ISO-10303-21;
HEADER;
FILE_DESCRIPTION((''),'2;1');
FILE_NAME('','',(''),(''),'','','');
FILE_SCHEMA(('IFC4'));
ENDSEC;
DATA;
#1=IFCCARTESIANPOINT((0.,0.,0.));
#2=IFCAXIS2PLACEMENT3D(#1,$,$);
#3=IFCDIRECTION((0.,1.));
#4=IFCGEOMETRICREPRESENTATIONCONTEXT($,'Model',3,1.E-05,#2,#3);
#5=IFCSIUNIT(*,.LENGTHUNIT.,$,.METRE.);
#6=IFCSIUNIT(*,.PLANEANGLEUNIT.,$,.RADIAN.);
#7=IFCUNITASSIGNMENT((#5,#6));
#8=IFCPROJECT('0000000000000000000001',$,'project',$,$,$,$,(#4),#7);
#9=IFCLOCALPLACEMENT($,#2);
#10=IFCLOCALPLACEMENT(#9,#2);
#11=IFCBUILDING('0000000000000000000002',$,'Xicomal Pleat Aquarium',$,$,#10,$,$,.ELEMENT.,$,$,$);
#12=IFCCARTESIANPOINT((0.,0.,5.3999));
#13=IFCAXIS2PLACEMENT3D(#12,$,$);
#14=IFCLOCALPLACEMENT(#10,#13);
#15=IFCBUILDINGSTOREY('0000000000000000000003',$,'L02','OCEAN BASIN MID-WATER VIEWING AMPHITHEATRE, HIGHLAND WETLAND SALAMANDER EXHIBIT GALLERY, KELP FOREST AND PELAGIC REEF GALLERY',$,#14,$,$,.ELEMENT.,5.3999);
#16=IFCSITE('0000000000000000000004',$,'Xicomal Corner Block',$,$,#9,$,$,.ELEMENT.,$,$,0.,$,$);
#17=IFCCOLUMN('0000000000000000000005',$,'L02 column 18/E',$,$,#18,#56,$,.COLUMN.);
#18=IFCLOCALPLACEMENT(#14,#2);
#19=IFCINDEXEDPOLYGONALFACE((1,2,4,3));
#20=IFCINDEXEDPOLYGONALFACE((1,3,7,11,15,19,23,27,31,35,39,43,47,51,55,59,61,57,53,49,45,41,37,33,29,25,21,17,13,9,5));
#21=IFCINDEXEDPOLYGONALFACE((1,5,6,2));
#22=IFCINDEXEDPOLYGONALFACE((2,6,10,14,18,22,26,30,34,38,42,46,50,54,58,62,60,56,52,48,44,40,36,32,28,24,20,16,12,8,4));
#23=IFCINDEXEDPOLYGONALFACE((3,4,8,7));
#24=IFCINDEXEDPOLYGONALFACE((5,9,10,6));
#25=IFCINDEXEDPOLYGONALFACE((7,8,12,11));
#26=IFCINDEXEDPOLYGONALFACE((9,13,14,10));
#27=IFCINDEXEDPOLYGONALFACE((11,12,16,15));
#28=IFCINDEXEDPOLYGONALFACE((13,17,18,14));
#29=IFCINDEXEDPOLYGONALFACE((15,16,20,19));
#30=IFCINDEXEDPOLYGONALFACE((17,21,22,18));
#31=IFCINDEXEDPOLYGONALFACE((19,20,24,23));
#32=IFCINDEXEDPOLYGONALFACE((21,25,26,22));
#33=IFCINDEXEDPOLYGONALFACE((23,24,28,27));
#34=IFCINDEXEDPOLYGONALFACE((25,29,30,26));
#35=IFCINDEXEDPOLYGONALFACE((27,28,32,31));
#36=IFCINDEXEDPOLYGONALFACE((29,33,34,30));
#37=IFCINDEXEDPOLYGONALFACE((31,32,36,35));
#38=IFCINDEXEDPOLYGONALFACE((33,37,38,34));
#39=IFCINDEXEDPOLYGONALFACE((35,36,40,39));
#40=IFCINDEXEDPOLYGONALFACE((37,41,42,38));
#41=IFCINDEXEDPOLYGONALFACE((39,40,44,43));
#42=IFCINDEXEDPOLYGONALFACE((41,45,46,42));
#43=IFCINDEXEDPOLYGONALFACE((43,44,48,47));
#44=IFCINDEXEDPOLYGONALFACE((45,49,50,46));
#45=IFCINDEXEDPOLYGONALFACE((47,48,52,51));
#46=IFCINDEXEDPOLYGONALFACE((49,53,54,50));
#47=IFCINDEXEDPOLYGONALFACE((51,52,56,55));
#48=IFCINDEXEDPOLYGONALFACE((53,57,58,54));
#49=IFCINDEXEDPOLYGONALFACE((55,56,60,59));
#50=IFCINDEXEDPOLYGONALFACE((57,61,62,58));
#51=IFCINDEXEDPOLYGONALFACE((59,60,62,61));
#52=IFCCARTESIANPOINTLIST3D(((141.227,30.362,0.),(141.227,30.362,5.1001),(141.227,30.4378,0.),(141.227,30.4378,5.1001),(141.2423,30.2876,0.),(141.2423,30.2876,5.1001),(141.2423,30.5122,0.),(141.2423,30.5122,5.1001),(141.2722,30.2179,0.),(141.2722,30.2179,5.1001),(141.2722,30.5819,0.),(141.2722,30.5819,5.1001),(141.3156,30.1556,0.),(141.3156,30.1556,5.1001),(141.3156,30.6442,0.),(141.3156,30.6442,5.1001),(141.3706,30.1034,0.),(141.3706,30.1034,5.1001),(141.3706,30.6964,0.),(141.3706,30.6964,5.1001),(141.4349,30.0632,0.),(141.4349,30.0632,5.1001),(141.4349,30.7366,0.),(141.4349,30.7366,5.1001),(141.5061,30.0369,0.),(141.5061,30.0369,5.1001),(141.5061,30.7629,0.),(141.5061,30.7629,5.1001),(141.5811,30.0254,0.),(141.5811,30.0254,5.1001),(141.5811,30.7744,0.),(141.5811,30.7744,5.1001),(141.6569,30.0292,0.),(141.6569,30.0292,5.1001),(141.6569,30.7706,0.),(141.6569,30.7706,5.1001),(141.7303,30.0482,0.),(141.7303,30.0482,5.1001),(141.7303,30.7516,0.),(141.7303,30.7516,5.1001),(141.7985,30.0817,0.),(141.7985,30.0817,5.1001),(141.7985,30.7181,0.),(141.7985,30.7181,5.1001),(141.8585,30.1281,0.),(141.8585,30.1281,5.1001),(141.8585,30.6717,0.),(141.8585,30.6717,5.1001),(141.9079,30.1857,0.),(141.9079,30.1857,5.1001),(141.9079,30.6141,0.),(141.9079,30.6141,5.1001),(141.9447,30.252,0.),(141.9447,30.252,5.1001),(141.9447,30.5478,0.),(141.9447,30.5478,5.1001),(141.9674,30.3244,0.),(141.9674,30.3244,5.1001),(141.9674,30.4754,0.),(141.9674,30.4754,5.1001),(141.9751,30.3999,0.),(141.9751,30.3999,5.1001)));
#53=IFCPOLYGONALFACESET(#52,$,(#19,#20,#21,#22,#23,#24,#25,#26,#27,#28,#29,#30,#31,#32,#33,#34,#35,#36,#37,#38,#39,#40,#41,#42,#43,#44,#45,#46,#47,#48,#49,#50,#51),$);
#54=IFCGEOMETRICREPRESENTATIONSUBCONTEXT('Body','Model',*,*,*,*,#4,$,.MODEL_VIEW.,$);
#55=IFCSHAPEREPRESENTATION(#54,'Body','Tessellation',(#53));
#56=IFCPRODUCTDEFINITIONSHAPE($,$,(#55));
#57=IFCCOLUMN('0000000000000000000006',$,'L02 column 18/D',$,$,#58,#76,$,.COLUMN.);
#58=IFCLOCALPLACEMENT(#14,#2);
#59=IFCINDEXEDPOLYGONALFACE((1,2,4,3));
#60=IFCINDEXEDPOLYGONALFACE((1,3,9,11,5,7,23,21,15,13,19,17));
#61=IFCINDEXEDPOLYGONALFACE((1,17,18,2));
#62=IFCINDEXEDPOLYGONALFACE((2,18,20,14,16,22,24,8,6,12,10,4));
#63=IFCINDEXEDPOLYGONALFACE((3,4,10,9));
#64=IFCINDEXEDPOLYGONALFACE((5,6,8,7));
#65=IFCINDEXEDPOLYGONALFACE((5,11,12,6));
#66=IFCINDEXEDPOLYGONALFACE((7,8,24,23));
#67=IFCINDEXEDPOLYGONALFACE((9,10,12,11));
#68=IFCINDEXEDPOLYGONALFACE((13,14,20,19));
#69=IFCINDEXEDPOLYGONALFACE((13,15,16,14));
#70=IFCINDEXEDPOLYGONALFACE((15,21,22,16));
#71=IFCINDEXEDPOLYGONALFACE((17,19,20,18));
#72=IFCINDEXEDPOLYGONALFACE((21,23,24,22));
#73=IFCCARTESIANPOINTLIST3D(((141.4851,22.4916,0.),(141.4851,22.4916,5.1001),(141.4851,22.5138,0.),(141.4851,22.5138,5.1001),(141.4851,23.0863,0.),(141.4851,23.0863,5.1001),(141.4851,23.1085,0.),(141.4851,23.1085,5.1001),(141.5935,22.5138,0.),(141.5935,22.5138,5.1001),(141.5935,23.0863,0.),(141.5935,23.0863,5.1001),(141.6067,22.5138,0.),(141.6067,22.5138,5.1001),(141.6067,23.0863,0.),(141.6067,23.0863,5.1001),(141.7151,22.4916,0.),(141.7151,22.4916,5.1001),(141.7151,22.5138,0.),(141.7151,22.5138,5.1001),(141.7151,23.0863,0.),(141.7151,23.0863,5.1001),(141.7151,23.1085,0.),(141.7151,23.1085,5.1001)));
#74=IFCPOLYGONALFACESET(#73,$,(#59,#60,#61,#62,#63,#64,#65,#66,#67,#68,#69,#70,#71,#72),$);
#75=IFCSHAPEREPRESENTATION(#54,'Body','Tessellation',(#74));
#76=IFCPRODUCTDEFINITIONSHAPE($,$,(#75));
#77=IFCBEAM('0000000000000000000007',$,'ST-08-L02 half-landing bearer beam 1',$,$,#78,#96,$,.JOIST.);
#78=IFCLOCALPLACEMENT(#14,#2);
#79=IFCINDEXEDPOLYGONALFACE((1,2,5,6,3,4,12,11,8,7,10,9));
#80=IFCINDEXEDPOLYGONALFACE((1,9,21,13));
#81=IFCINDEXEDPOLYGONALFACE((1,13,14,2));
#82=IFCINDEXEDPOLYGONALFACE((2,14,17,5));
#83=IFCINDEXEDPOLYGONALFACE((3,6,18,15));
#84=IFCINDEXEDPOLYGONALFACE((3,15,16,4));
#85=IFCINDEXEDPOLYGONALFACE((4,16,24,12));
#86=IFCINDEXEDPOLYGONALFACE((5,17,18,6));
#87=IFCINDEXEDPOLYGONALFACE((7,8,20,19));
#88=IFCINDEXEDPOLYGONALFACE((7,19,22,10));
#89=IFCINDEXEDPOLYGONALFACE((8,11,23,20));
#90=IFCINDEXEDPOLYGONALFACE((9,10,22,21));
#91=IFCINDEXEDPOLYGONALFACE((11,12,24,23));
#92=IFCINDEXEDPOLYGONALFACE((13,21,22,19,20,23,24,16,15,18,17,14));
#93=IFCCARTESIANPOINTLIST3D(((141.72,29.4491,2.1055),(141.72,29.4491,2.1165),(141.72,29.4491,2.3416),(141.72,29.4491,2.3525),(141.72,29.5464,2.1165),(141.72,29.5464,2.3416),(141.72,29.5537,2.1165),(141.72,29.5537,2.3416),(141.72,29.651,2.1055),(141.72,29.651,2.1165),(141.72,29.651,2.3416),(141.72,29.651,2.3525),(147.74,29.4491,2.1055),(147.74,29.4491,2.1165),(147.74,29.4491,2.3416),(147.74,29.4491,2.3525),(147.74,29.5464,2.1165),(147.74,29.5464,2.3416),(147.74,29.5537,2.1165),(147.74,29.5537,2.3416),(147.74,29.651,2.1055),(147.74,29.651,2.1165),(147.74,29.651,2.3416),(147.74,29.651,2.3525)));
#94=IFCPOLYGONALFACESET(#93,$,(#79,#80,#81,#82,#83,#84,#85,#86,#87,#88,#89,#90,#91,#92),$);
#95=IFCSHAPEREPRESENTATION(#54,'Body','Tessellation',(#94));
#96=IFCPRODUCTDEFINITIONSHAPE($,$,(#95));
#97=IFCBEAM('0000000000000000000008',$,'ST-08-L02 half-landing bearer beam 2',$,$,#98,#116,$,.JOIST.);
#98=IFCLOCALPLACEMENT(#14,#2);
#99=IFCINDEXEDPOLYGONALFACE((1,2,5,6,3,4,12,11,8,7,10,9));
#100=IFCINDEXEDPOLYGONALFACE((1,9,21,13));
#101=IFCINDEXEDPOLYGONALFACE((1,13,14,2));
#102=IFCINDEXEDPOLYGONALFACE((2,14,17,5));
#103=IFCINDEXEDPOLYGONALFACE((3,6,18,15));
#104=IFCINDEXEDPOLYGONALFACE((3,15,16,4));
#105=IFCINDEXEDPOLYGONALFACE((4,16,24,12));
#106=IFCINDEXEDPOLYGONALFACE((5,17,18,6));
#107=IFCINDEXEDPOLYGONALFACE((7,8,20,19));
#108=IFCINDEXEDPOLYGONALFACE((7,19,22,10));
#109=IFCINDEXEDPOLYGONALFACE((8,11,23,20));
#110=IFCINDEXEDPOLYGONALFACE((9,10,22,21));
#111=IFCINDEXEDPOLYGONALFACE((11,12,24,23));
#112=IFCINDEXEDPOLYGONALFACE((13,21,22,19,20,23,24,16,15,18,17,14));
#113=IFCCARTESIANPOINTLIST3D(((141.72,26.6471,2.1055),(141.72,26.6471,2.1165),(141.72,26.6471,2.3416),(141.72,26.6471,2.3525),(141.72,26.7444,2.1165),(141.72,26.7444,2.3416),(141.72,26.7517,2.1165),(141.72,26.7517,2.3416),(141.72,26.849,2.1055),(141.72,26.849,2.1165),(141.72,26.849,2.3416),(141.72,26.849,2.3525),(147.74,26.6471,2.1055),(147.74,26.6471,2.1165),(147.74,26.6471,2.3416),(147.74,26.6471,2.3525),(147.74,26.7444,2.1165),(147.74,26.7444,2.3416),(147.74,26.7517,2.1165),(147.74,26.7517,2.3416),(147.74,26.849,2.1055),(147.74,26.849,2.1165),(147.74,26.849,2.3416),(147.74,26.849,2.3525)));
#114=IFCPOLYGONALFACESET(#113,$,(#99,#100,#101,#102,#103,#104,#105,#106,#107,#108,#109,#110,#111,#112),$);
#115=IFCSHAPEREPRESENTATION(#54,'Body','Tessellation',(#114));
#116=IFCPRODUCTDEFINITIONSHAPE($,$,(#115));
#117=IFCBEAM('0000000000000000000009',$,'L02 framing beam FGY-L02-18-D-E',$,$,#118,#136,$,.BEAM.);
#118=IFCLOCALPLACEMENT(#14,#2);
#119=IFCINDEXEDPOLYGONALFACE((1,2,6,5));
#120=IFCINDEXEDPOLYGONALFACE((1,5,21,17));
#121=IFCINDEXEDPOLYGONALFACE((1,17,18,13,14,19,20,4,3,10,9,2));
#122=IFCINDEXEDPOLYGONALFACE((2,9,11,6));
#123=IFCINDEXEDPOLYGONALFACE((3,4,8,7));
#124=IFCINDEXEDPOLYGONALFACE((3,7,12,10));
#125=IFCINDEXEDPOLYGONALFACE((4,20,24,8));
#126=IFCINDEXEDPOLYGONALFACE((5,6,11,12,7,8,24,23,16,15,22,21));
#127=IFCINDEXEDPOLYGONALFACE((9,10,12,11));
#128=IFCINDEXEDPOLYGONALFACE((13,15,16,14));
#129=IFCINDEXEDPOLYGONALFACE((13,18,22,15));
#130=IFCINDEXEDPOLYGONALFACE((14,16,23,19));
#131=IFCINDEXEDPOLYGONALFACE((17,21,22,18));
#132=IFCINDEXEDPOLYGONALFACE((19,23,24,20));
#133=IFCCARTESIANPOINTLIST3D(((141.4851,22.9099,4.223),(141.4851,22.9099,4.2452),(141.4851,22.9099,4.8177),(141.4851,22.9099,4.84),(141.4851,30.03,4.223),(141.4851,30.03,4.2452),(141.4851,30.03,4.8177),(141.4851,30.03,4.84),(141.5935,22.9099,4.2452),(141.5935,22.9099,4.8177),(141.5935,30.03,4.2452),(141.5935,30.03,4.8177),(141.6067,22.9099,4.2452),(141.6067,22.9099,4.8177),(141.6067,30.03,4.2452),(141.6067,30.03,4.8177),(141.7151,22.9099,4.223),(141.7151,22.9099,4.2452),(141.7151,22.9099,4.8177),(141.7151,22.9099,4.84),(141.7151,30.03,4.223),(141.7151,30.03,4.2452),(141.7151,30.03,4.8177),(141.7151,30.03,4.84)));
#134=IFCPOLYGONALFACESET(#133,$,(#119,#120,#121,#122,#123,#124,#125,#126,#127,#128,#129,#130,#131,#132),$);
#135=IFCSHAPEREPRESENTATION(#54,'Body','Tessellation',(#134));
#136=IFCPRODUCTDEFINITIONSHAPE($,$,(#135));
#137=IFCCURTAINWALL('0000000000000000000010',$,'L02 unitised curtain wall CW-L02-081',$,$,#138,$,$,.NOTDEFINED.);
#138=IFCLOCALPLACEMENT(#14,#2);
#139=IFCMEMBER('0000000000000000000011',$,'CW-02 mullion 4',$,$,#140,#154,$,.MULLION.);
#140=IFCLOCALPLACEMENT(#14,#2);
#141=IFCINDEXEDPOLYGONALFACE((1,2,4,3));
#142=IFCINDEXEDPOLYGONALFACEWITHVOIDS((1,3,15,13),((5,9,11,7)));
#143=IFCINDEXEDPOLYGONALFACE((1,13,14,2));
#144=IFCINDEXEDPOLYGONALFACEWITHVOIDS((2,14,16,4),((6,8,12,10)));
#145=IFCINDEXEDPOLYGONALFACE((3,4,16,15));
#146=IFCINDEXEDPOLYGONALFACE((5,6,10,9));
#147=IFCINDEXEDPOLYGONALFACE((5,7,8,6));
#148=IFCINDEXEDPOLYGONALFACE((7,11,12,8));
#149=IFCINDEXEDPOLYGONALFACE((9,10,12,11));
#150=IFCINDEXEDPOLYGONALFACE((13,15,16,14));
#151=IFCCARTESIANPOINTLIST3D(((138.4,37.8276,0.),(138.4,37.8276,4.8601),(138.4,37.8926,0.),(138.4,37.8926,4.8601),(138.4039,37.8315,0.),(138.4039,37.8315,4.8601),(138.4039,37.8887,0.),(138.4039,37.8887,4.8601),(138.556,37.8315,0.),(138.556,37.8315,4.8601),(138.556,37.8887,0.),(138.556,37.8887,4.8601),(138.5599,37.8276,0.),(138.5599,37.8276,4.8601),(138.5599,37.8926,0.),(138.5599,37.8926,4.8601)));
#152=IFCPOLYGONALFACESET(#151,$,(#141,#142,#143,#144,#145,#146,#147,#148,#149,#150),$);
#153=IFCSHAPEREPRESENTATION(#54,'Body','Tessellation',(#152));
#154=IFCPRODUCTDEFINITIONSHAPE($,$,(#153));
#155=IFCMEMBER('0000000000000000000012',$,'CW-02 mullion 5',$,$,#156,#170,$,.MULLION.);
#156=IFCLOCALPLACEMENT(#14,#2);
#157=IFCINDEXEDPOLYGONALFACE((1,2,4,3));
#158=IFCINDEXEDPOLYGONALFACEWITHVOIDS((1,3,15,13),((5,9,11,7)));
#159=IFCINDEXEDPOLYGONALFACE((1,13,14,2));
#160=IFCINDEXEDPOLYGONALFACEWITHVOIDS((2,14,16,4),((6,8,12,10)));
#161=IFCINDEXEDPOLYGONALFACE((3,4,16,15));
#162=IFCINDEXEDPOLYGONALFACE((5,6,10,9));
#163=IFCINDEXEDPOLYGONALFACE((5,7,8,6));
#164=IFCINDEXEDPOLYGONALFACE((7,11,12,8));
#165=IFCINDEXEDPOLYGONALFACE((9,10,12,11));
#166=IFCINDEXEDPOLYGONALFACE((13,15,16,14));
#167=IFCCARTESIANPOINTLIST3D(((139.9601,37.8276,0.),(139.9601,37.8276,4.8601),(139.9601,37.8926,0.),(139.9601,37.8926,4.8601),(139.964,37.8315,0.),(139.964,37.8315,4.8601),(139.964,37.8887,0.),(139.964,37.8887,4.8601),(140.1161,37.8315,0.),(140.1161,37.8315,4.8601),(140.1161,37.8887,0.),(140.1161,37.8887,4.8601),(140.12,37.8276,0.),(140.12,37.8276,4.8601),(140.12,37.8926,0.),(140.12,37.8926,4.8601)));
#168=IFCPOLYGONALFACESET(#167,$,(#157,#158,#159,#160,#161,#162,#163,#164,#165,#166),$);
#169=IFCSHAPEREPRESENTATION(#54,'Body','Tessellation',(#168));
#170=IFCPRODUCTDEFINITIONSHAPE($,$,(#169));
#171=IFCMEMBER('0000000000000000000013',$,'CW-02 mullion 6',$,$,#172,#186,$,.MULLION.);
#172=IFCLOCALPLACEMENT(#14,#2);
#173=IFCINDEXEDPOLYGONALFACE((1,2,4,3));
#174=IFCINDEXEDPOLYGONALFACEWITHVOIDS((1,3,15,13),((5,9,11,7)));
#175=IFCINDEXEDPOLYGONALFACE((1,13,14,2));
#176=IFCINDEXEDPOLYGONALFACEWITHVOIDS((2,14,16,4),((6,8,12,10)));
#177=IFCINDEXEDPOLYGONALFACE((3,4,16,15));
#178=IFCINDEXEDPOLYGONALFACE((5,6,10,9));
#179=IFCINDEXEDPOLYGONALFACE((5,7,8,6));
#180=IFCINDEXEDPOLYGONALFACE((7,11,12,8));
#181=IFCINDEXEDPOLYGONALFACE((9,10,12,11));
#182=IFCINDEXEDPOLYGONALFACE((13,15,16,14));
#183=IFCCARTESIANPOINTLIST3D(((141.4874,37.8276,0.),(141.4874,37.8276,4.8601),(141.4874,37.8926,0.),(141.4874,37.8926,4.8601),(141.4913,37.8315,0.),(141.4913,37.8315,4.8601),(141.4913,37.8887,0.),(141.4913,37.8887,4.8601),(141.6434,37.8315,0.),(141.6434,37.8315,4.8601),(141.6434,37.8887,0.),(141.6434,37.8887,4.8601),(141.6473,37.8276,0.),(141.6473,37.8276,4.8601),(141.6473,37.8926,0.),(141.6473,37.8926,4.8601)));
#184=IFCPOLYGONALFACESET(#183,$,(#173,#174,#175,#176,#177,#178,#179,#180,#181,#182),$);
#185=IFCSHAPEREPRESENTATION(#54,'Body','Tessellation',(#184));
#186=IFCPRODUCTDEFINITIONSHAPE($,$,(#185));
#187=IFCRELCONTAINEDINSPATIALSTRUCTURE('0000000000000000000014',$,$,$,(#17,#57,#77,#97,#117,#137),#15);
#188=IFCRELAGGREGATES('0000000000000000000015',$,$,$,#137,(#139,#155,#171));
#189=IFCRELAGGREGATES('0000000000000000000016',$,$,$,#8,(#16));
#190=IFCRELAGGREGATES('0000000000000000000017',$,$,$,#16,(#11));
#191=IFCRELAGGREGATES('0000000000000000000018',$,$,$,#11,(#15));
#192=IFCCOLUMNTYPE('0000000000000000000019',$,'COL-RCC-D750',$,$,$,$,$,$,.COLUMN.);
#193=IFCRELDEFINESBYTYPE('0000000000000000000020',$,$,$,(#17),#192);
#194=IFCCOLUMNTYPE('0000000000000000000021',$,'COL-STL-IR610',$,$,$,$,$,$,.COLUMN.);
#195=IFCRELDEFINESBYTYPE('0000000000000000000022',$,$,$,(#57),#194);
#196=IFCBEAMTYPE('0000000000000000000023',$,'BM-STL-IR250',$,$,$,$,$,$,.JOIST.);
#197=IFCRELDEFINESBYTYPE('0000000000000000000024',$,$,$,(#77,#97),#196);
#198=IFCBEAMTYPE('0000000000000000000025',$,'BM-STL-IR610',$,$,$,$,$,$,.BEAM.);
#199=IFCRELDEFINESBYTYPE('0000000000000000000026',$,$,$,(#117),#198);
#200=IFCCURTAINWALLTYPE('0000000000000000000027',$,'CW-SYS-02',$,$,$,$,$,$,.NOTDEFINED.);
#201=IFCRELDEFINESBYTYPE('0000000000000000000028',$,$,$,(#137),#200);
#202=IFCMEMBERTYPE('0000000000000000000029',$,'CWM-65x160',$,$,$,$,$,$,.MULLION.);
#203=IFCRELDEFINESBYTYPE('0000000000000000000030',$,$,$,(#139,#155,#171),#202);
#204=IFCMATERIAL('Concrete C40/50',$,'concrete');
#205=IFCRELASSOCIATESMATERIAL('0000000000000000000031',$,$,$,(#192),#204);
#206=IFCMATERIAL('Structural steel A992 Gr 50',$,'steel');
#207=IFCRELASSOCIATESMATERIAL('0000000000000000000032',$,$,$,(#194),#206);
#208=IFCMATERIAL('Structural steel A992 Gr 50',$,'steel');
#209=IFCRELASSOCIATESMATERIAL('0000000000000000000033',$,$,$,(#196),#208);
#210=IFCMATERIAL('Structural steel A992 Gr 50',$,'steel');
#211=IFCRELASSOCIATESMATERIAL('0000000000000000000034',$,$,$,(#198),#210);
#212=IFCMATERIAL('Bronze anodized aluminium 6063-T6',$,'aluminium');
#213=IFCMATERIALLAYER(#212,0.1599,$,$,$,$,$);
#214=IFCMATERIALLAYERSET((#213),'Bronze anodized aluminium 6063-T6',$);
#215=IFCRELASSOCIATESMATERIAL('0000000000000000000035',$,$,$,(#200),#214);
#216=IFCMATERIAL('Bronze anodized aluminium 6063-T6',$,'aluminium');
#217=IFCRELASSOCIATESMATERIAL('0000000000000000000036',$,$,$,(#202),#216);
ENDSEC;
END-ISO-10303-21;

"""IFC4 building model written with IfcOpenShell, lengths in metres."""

from ifc_helpers import new_model, si_unit, direction, frame, origin, origin_2d, place, context, subcontext, project, spatial, hollow_rectangle, circle, i_section, extrude, material, layer, layer_set, material_profile, profile_set, type_object, element, aggregate, save


model = new_model("IFC4")

# Units and contexts
model_context = context("Model", 3, precision=1e-05, world=origin(), true_north=direction((0.0, 1.0)))
body_context = subcontext(model_context, "Body", "Model", "MODEL_VIEW")
ifc_project = project(units=[si_unit("LENGTHUNIT", "METRE"), si_unit("PLANEANGLEUNIT", "RADIAN")], contexts=[model_context])

# Site, building, storey
site_placement = place(None, origin())
site = spatial("IfcSite", under=ifc_project, at=site_placement, Name="Xicomal Corner Block", CompositionType="ELEMENT", RefElevation=0.0)
building_placement = place(site_placement, origin())
building = spatial("IfcBuilding", under=site, at=building_placement, Name="Xicomal Pleat Aquarium", CompositionType="ELEMENT")
storey_placement = place(building_placement, frame((0.0, 0.0, 5.3999)))
storey = spatial("IfcBuildingStorey", under=building, at=storey_placement, Name="L02", Description="OCEAN BASIN MID-WATER VIEWING AMPHITHEATRE, HIGHLAND WETLAND SALAMANDER EXHIBIT GALLERY, KELP FOREST AND PELAGIC REEF GALLERY", CompositionType="ELEMENT", Elevation=5.3999)

# Columns
ifc_material_1 = material(Name="Concrete C40/50", Category="concrete")
ifc_material_profile_1 = material_profile(ifc_material_1, circle(Radius=0.375, at=origin_2d()), Name="RCC D750")
ifc_profile_set_1 = profile_set([ifc_material_profile_1], Name="Concrete C40/50")
column_type_1 = type_object("IfcColumnType", Name="COL-RCC-D750", PredefinedType="COLUMN", material=ifc_profile_set_1)
column_1_placement = place(storey_placement, frame((141.6001, 30.3999, 0.0), z_axis=(0.0, 0.0, 1.0), x_axis=(1.0, 0.0, 0.0)))
element("IfcColumn", 1, at=column_1_placement, inside=storey, type_object=column_type_1, Name="L02 column 18/E", PredefinedType="COLUMN", context=body_context, shape_type="SweptSolid", body=[
    extrude(circle(Radius=0.375, at=origin_2d()), origin(), (0.0, 0.0, 1.0), 5.1001),
])
ifc_material_2 = material(Name="Structural steel A992 Gr 50", Category="steel")
ifc_material_profile_2 = material_profile(ifc_material_2, i_section(OverallWidth=0.23, OverallDepth=0.6169, WebThickness=0.0132, FlangeThickness=0.0222, at=origin_2d()), Name="IR 610x140")
ifc_profile_set_2 = profile_set([ifc_material_profile_2], Name="Structural steel A992 Gr 50")
column_type_2 = type_object("IfcColumnType", Name="COL-STL-IR610", PredefinedType="COLUMN", material=ifc_profile_set_2)
column_2_placement = place(storey_placement, frame((141.6001, 22.8, 0.0), z_axis=(0.0, 0.0, 1.0), x_axis=(1.0, 0.0, 0.0)))
element("IfcColumn", 2, at=column_2_placement, inside=storey, type_object=column_type_2, Name="L02 column 18/D", PredefinedType="COLUMN", context=body_context, shape_type="SweptSolid", body=[
    extrude(i_section(OverallWidth=0.23, OverallDepth=0.6169, WebThickness=0.0132, FlangeThickness=0.0222, at=origin_2d()), origin(), (0.0, 0.0, 1.0), 5.1001),
])

# Beams
ifc_material_3 = material(Name="Structural steel A992 Gr 50", Category="steel")
ifc_material_profile_3 = material_profile(ifc_material_3, i_section(OverallWidth=0.2019, OverallDepth=0.2471, WebThickness=0.0073, FlangeThickness=0.011, at=origin_2d()), Name="IR 250x49")
ifc_profile_set_3 = profile_set([ifc_material_profile_3], Name="Structural steel A992 Gr 50")
beam_type_1 = type_object("IfcBeamType", Name="BM-STL-IR250", PredefinedType="JOIST", material=ifc_profile_set_3)
for number, where, z_axis, x_axis, name in (
    (3, (141.72, 29.55, 2.229), (1.0, 0.0, 0.0), (0.0, 1.0, 0.0), "ST-08-L02 half-landing bearer beam 1"),
    (4, (141.72, 26.748, 2.229), (1.0, 0.0, 0.0), (0.0, 1.0, 0.0), "ST-08-L02 half-landing bearer beam 2"),
):
    element("IfcBeam", number, at=place(storey_placement, frame(where, z_axis=z_axis, x_axis=x_axis)), inside=storey, type_object=beam_type_1, Name=name, PredefinedType="JOIST", context=body_context, shape_type="SweptSolid", body=[
        extrude(i_section(OverallWidth=0.2019, OverallDepth=0.2471, WebThickness=0.0073, FlangeThickness=0.011, at=origin_2d()), origin(), (0.0, 0.0, 1.0), 6.02),
    ])
ifc_material_4 = material(Name="Structural steel A992 Gr 50", Category="steel")
ifc_material_profile_4 = material_profile(ifc_material_4, i_section(OverallWidth=0.23, OverallDepth=0.6169, WebThickness=0.0132, FlangeThickness=0.0222, at=origin_2d()), Name="IR 610x140")
ifc_profile_set_4 = profile_set([ifc_material_profile_4], Name="Structural steel A992 Gr 50")
beam_type_2 = type_object("IfcBeamType", Name="BM-STL-IR610", PredefinedType="BEAM", material=ifc_profile_set_4)
beam_placement = place(storey_placement, frame((141.6001, 22.9099, 4.5315), z_axis=(0.0, 1.0, 0.0), x_axis=(-1.0, 0.0, 0.0)))
element("IfcBeam", 5, at=beam_placement, inside=storey, type_object=beam_type_2, Name="L02 framing beam FGY-L02-18-D-E", PredefinedType="BEAM", context=body_context, shape_type="SweptSolid", body=[
    extrude(i_section(OverallWidth=0.23, OverallDepth=0.6169, WebThickness=0.0132, FlangeThickness=0.0222, at=origin_2d()), origin(), (0.0, 0.0, 1.0), 7.1201),
])

# Curtain wall, members
ifc_material_5 = material(Name="Bronze anodized aluminium 6063-T6", Category="aluminium")
ifc_layer_1 = layer(ifc_material_5, 0.1599)
ifc_layer_set_1 = layer_set([ifc_layer_1], Name="Bronze anodized aluminium 6063-T6")
curtain_wall_type = type_object("IfcCurtainWallType", Name="CW-SYS-02", PredefinedType="NOTDEFINED", material=ifc_layer_set_1)
curtain_wall_placement = place(storey_placement, origin())
curtain_wall = element("IfcCurtainWall", 6, at=curtain_wall_placement, inside=storey, type_object=curtain_wall_type, Name="L02 unitised curtain wall CW-L02-081", PredefinedType="NOTDEFINED")
ifc_material_6 = material(Name="Bronze anodized aluminium 6063-T6", Category="aluminium")
ifc_material_profile_5 = material_profile(ifc_material_6, hollow_rectangle(XDim=0.0649, YDim=0.1599, WallThickness=0.0039, at=origin_2d()), Name="ALU MULL 65x160")
ifc_profile_set_5 = profile_set([ifc_material_profile_5], Name="Bronze anodized aluminium 6063-T6")
member_type_1 = type_object("IfcMemberType", Name="CWM-65x160", PredefinedType="MULLION", material=ifc_profile_set_5)
member_1_placement = place(storey_placement, frame((138.48, 37.8601, 0.0), z_axis=(0.0, 0.0, 1.0), x_axis=(0.0, 1.0, 0.0)))
member_1 = element("IfcMember", 7, at=member_1_placement, type_object=member_type_1, Name="CW-02 mullion 4", PredefinedType="MULLION", context=body_context, shape_type="SweptSolid", body=[
    extrude(hollow_rectangle(XDim=0.0649, YDim=0.1599, WallThickness=0.0039, at=origin_2d()), origin(), (0.0, 0.0, 1.0), 4.8601),
])
member_2_placement = place(storey_placement, frame((140.04, 37.8601, 0.0), z_axis=(0.0, 0.0, 1.0), x_axis=(0.0, 1.0, 0.0)))
member_2 = element("IfcMember", 8, at=member_2_placement, type_object=member_type_1, Name="CW-02 mullion 5", PredefinedType="MULLION", context=body_context, shape_type="SweptSolid", body=[
    extrude(hollow_rectangle(XDim=0.0649, YDim=0.1599, WallThickness=0.0039, at=origin_2d()), origin(), (0.0, 0.0, 1.0), 4.8601),
])
member_3_placement = place(storey_placement, frame((141.5674, 37.8601, 0.0), z_axis=(0.0, 0.0, 1.0), x_axis=(0.0, 1.0, 0.0)))
member_3 = element("IfcMember", 9, at=member_3_placement, type_object=member_type_1, Name="CW-02 mullion 6", PredefinedType="MULLION", context=body_context, shape_type="SweptSolid", body=[
    extrude(hollow_rectangle(XDim=0.0649, YDim=0.1599, WallThickness=0.0039, at=origin_2d()), origin(), (0.0, 0.0, 1.0), 4.8601),
])
aggregate(curtain_wall, [member_1, member_2, member_3])

save(model, "model.ifc")
